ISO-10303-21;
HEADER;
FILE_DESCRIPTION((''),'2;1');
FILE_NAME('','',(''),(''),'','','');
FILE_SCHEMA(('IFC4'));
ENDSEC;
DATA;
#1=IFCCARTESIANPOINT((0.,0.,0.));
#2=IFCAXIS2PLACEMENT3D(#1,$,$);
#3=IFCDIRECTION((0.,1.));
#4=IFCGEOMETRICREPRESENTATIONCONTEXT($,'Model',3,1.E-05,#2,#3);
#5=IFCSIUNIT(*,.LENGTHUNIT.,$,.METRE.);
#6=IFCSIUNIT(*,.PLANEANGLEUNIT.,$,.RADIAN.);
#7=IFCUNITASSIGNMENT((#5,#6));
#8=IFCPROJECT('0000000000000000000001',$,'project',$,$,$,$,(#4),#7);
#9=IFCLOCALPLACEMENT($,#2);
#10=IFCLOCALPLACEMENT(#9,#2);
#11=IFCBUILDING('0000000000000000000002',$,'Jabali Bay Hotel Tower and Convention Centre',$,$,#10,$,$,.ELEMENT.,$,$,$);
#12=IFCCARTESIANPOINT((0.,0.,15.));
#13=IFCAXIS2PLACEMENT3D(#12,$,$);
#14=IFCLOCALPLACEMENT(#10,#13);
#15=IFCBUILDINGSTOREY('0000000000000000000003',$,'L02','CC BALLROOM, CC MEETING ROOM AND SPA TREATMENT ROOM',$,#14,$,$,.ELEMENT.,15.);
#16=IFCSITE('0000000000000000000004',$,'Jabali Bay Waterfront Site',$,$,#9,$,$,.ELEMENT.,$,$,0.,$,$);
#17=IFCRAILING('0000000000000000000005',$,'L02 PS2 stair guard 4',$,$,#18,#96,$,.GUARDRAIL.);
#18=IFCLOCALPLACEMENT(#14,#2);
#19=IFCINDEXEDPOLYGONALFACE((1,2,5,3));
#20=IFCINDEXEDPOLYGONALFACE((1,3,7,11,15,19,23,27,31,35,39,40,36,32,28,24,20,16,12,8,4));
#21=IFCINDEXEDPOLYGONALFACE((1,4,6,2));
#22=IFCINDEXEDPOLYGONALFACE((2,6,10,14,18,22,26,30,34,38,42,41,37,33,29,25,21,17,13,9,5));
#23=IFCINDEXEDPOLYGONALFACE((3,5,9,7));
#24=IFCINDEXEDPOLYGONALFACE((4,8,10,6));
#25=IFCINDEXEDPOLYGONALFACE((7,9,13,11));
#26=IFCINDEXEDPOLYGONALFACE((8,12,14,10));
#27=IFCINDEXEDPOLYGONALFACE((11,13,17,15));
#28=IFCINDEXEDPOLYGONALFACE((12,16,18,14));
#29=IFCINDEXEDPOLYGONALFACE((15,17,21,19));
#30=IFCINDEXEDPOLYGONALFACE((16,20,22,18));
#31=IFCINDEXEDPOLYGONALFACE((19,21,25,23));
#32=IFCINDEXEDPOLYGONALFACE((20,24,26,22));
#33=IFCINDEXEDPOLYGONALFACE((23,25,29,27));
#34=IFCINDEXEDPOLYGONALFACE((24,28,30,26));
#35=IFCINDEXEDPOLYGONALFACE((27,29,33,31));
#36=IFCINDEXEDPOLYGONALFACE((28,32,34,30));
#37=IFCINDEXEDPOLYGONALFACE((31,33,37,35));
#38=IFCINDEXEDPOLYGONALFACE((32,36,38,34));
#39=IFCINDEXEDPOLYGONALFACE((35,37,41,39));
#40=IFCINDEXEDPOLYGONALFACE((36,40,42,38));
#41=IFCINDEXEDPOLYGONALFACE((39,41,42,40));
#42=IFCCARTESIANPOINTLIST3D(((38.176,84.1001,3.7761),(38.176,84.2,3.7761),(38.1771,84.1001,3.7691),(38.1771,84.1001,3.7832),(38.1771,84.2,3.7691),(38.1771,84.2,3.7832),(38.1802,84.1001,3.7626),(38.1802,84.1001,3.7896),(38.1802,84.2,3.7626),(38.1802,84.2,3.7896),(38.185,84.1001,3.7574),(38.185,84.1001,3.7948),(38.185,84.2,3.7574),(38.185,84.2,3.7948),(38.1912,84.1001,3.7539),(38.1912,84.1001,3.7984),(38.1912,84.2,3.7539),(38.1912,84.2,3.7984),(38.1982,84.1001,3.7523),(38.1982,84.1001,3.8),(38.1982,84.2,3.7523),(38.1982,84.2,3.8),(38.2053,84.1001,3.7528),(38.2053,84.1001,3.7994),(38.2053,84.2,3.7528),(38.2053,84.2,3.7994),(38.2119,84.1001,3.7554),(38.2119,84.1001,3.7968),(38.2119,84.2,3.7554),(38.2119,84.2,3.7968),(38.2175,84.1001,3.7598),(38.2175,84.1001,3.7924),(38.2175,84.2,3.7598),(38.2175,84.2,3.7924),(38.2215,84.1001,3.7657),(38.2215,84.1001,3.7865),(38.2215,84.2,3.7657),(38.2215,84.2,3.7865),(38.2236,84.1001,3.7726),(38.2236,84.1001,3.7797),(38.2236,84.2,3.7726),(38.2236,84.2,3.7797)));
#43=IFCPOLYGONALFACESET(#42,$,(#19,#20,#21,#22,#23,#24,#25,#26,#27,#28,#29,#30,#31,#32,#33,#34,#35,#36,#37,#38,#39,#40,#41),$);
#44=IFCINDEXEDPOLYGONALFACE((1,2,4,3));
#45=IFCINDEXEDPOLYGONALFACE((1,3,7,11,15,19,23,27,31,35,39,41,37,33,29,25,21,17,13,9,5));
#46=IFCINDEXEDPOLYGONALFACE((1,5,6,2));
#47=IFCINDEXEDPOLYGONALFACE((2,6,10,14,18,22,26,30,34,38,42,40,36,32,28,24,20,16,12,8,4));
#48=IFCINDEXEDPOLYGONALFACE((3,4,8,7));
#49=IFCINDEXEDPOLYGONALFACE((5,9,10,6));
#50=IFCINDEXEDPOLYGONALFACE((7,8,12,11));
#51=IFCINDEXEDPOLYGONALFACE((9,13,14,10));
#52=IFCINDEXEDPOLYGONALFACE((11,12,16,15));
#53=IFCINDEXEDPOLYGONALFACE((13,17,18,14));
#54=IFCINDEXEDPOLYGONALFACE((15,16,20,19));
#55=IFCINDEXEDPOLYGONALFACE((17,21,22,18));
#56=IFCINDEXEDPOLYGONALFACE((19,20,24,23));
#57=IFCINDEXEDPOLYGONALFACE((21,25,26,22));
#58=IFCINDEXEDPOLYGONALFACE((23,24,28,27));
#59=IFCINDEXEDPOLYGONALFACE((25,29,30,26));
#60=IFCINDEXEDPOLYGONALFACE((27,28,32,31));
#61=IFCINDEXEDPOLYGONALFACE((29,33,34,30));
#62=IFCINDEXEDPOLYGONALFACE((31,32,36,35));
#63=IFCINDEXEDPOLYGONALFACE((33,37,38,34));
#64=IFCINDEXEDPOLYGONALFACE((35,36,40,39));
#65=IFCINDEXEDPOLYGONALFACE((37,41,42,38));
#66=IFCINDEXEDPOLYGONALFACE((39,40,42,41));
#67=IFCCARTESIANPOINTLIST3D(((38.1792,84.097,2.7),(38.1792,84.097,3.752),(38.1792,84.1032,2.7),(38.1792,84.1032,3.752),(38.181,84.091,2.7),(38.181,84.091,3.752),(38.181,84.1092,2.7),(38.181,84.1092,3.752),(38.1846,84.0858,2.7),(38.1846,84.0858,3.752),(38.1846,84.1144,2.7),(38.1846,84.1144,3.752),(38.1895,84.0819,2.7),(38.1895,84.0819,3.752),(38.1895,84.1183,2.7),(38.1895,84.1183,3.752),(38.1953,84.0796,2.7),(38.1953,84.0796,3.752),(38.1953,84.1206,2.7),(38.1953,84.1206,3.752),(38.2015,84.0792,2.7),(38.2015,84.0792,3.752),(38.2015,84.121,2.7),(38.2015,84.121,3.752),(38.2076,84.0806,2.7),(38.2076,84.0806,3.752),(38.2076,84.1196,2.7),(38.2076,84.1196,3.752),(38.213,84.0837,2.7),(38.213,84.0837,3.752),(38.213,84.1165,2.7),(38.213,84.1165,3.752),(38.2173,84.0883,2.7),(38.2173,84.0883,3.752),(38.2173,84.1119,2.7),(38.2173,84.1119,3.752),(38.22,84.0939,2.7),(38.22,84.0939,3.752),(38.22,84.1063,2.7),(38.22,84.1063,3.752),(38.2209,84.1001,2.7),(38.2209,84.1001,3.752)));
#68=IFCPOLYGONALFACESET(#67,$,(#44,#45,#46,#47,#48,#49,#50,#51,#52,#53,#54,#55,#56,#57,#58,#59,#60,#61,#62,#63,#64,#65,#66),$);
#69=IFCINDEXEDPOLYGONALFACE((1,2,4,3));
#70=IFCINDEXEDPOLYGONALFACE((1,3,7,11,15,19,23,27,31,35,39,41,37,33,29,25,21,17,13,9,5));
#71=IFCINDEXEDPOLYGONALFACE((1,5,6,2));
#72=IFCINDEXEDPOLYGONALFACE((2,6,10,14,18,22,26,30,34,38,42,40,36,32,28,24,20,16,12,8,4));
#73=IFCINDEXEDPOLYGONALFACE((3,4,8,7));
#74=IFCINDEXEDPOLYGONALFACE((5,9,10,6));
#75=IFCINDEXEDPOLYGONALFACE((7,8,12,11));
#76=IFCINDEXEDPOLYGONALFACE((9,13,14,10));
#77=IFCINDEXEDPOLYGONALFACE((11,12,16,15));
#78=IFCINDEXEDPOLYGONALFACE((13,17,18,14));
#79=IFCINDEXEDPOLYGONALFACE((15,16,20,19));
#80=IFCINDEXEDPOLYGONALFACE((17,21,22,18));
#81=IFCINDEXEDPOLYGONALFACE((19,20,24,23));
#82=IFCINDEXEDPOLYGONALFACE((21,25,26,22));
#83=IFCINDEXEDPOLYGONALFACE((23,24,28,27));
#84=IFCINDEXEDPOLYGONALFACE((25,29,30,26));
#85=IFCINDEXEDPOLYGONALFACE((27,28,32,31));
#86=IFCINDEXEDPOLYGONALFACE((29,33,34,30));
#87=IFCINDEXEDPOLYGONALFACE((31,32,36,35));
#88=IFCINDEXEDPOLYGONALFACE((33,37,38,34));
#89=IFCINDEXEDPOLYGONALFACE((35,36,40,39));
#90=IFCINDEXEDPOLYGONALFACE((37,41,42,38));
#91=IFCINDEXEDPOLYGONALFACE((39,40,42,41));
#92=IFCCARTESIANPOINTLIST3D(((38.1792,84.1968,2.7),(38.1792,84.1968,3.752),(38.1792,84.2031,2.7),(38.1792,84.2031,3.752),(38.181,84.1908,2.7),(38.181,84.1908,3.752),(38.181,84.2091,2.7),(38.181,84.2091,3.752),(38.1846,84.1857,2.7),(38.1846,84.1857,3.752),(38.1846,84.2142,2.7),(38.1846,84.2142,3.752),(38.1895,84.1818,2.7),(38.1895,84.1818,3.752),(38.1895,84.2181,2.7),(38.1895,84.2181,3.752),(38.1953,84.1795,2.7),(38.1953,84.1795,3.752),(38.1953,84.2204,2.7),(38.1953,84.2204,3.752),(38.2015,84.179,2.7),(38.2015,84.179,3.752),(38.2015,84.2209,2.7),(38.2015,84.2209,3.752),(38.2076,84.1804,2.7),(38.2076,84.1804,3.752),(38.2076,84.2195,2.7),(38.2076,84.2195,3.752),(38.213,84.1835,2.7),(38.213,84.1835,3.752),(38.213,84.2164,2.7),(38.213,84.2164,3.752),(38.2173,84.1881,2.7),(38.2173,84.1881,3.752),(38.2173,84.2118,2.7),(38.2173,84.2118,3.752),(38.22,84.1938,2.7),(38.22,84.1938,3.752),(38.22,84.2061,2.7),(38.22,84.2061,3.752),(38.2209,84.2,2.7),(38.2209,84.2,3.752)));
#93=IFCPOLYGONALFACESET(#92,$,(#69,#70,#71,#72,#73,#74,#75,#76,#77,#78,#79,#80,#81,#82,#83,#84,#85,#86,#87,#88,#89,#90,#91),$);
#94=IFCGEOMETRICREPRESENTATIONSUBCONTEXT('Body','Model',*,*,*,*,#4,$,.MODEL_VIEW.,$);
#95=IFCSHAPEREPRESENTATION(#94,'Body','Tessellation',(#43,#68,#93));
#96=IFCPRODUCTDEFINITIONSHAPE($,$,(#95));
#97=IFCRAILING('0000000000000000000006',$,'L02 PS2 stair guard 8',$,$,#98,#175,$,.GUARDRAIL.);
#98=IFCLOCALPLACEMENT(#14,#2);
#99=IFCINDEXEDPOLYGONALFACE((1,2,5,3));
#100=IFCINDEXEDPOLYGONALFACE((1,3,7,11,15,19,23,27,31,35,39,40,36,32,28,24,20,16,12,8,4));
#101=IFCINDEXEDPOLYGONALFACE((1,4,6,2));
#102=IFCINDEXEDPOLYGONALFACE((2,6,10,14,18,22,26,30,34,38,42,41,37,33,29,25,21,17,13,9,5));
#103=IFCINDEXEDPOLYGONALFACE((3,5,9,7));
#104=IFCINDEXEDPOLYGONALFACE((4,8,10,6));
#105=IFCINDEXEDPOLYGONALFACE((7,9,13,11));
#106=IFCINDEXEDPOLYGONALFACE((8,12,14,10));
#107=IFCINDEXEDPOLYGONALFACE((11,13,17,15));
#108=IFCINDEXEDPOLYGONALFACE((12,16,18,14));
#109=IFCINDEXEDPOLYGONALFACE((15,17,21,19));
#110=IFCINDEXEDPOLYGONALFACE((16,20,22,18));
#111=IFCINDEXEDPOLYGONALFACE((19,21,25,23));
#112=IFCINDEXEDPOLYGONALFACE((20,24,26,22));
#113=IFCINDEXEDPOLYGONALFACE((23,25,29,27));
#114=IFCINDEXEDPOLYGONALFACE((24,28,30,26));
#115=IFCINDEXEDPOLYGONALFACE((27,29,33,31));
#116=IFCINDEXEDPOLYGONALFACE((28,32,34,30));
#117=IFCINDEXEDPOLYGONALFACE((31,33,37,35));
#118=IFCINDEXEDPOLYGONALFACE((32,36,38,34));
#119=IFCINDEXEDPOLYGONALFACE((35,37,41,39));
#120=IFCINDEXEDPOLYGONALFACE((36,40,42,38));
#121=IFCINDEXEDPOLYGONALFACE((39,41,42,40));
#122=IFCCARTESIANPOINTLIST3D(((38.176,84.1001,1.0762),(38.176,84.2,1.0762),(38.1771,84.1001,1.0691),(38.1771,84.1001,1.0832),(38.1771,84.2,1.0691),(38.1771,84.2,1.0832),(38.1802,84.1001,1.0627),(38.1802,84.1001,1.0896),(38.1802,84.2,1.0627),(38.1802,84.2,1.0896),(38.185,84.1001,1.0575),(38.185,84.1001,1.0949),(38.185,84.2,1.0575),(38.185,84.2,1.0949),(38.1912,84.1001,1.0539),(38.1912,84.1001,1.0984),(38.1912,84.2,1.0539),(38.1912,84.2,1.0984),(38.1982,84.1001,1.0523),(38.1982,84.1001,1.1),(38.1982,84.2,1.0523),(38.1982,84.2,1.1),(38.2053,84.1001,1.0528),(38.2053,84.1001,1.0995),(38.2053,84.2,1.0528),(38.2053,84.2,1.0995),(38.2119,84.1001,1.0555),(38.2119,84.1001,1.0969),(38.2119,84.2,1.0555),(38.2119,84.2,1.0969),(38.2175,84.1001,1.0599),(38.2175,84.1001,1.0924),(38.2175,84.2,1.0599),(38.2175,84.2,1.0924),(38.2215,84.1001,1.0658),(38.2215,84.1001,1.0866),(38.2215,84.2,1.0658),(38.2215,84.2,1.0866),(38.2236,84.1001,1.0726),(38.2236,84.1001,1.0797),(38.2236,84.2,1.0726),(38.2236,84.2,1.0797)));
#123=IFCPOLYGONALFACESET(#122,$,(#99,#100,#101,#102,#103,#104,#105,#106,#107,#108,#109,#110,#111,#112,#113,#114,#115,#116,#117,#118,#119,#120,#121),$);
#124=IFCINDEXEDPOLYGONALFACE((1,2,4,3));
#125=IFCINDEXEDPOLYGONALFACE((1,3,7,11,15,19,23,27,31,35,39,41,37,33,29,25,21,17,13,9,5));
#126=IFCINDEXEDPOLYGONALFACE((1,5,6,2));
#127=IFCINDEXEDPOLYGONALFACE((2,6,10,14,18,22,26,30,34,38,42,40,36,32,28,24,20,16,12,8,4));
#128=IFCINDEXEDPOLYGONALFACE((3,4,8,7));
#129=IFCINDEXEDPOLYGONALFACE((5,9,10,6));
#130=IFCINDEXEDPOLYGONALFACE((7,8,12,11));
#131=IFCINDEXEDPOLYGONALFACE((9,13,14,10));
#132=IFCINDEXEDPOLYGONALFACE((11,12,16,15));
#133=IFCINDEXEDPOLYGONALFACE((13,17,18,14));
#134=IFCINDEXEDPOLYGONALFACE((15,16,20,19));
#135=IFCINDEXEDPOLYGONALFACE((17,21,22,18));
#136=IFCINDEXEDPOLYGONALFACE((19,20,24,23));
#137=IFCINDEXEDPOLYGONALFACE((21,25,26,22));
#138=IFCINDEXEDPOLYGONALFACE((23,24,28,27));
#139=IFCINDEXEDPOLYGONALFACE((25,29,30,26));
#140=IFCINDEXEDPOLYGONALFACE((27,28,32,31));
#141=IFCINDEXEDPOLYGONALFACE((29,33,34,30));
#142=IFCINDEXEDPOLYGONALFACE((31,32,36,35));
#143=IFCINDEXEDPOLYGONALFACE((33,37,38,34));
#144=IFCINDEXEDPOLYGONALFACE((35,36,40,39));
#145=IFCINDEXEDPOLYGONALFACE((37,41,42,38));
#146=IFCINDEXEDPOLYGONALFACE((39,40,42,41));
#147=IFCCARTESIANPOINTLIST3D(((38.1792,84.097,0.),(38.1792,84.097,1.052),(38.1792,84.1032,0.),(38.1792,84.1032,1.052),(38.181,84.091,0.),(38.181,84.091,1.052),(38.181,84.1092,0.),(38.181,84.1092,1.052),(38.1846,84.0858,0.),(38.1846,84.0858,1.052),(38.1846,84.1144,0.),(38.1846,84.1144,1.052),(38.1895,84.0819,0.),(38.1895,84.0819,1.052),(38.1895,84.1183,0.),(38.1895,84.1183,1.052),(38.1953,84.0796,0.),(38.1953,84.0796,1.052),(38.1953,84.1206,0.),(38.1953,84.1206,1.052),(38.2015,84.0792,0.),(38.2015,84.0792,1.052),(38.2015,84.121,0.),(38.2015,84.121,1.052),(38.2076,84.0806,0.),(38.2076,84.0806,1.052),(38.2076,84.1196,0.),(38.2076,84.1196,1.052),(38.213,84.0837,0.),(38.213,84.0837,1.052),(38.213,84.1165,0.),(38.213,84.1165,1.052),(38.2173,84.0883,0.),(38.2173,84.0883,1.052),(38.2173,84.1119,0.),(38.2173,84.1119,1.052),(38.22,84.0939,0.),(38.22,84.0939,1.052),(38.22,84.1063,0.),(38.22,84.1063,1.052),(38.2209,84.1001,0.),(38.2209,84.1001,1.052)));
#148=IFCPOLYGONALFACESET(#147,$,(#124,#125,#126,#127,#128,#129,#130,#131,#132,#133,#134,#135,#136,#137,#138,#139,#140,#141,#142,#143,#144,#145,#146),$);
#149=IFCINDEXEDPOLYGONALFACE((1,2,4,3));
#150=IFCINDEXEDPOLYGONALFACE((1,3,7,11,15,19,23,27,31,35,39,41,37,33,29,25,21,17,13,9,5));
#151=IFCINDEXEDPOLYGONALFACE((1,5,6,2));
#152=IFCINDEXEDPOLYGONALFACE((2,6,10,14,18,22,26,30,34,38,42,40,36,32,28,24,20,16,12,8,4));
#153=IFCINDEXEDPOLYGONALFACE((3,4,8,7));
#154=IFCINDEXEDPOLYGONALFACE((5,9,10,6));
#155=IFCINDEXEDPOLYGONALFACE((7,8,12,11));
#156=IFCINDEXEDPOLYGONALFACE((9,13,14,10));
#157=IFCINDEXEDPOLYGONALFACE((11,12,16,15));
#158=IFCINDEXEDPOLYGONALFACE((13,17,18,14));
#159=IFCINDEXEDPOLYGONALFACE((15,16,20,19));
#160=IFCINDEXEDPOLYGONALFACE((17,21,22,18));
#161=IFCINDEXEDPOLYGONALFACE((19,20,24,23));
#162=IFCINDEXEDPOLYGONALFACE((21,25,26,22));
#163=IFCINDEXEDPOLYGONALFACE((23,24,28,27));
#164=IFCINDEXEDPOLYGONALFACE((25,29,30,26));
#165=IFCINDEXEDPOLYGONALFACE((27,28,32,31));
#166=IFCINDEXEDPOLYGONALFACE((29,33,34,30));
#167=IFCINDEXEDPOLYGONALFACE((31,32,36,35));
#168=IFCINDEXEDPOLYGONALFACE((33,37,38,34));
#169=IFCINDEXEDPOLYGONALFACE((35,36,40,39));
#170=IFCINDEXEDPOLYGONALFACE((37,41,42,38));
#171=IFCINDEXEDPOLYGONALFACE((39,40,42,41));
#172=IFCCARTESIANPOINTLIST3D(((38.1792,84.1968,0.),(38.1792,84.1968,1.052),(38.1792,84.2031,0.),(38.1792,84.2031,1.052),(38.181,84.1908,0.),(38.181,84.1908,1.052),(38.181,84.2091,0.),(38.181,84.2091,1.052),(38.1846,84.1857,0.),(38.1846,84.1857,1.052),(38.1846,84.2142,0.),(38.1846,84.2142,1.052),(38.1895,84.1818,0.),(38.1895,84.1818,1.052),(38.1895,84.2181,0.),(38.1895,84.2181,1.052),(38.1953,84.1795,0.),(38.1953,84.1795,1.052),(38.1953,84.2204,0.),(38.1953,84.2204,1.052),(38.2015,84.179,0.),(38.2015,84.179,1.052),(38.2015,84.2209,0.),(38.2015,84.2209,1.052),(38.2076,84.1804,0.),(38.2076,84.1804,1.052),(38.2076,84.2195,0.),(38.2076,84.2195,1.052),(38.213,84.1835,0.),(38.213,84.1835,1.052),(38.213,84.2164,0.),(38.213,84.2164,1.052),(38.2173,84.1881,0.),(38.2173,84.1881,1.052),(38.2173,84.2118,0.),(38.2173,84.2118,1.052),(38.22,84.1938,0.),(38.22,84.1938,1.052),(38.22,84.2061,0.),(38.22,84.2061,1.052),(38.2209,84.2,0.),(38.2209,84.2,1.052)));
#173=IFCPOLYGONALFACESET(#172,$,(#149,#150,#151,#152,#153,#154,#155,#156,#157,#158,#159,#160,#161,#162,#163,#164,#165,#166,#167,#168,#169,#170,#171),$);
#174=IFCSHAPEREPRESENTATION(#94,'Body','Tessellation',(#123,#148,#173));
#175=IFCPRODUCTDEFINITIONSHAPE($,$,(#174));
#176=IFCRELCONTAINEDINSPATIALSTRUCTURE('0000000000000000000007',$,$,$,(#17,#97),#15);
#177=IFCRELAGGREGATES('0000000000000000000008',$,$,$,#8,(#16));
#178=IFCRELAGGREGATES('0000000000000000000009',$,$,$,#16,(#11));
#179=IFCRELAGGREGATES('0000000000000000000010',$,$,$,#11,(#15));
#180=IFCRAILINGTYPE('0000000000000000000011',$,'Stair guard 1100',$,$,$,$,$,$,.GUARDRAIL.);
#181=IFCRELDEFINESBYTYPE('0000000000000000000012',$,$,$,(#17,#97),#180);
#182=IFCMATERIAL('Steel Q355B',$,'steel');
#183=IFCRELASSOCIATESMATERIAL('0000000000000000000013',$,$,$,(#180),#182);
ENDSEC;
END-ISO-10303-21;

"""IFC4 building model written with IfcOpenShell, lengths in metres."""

from ifc_helpers import new_model, si_unit, direction, frame, origin, origin_2d, place, context, subcontext, project, spatial, circle, extrude, material, type_object, element, save


model = new_model("IFC4")

# Units and contexts
model_context = context("Model", 3, precision=1e-05, world=origin(), true_north=direction((0.0, 1.0)))
body_context = subcontext(model_context, "Body", "Model", "MODEL_VIEW")
ifc_project = project(units=[si_unit("LENGTHUNIT", "METRE"), si_unit("PLANEANGLEUNIT", "RADIAN")], contexts=[model_context])

# Site, building, storey
site_placement = place(None, origin())
site = spatial("IfcSite", under=ifc_project, at=site_placement, Name="Jabali Bay Waterfront Site", CompositionType="ELEMENT", RefElevation=0.0)
building_placement = place(site_placement, origin())
building = spatial("IfcBuilding", under=site, at=building_placement, Name="Jabali Bay Hotel Tower and Convention Centre", CompositionType="ELEMENT")
storey_placement = place(building_placement, frame((0.0, 0.0, 15.0)))
storey = spatial("IfcBuildingStorey", under=building, at=storey_placement, Name="L02", Description="CC BALLROOM, CC MEETING ROOM AND SPA TREATMENT ROOM", CompositionType="ELEMENT", Elevation=15.0)

# Railings
ifc_material_1 = material(Name="Steel Q355B", Category="steel")
railing_type_1 = type_object("IfcRailingType", Name="Stair guard 1100", PredefinedType="GUARDRAIL", material=ifc_material_1)
for number, where, name in (
    (1, (38.2, 84.1001, 2.7), "L02 PS2 stair guard 4"),
    (2, (38.2, 84.1001, 0.0), "L02 PS2 stair guard 8"),
):
    element("IfcRailing", number, at=place(storey_placement, frame(where)), inside=storey, type_object=railing_type_1, Name=name, PredefinedType="GUARDRAIL", context=body_context, shape_type="SweptSolid", body=[
        extrude(circle(Radius=0.0239, at=origin_2d()), frame((0.0, 0.0, 1.0762), z_axis=(0.0, 1.0, 0.0), x_axis=(-1.0, 0.0, 0.0)), (0.0, 0.0, 1.0), 0.0999),
        extrude(circle(Radius=0.021, at=origin_2d()), origin(), (0.0, 0.0, 1.0), 1.052),
        extrude(circle(Radius=0.021, at=origin_2d()), frame((0.0, 0.0999, 0.0)), (0.0, 0.0, 1.0), 1.052),
    ])

save(model, "model.ifc")
